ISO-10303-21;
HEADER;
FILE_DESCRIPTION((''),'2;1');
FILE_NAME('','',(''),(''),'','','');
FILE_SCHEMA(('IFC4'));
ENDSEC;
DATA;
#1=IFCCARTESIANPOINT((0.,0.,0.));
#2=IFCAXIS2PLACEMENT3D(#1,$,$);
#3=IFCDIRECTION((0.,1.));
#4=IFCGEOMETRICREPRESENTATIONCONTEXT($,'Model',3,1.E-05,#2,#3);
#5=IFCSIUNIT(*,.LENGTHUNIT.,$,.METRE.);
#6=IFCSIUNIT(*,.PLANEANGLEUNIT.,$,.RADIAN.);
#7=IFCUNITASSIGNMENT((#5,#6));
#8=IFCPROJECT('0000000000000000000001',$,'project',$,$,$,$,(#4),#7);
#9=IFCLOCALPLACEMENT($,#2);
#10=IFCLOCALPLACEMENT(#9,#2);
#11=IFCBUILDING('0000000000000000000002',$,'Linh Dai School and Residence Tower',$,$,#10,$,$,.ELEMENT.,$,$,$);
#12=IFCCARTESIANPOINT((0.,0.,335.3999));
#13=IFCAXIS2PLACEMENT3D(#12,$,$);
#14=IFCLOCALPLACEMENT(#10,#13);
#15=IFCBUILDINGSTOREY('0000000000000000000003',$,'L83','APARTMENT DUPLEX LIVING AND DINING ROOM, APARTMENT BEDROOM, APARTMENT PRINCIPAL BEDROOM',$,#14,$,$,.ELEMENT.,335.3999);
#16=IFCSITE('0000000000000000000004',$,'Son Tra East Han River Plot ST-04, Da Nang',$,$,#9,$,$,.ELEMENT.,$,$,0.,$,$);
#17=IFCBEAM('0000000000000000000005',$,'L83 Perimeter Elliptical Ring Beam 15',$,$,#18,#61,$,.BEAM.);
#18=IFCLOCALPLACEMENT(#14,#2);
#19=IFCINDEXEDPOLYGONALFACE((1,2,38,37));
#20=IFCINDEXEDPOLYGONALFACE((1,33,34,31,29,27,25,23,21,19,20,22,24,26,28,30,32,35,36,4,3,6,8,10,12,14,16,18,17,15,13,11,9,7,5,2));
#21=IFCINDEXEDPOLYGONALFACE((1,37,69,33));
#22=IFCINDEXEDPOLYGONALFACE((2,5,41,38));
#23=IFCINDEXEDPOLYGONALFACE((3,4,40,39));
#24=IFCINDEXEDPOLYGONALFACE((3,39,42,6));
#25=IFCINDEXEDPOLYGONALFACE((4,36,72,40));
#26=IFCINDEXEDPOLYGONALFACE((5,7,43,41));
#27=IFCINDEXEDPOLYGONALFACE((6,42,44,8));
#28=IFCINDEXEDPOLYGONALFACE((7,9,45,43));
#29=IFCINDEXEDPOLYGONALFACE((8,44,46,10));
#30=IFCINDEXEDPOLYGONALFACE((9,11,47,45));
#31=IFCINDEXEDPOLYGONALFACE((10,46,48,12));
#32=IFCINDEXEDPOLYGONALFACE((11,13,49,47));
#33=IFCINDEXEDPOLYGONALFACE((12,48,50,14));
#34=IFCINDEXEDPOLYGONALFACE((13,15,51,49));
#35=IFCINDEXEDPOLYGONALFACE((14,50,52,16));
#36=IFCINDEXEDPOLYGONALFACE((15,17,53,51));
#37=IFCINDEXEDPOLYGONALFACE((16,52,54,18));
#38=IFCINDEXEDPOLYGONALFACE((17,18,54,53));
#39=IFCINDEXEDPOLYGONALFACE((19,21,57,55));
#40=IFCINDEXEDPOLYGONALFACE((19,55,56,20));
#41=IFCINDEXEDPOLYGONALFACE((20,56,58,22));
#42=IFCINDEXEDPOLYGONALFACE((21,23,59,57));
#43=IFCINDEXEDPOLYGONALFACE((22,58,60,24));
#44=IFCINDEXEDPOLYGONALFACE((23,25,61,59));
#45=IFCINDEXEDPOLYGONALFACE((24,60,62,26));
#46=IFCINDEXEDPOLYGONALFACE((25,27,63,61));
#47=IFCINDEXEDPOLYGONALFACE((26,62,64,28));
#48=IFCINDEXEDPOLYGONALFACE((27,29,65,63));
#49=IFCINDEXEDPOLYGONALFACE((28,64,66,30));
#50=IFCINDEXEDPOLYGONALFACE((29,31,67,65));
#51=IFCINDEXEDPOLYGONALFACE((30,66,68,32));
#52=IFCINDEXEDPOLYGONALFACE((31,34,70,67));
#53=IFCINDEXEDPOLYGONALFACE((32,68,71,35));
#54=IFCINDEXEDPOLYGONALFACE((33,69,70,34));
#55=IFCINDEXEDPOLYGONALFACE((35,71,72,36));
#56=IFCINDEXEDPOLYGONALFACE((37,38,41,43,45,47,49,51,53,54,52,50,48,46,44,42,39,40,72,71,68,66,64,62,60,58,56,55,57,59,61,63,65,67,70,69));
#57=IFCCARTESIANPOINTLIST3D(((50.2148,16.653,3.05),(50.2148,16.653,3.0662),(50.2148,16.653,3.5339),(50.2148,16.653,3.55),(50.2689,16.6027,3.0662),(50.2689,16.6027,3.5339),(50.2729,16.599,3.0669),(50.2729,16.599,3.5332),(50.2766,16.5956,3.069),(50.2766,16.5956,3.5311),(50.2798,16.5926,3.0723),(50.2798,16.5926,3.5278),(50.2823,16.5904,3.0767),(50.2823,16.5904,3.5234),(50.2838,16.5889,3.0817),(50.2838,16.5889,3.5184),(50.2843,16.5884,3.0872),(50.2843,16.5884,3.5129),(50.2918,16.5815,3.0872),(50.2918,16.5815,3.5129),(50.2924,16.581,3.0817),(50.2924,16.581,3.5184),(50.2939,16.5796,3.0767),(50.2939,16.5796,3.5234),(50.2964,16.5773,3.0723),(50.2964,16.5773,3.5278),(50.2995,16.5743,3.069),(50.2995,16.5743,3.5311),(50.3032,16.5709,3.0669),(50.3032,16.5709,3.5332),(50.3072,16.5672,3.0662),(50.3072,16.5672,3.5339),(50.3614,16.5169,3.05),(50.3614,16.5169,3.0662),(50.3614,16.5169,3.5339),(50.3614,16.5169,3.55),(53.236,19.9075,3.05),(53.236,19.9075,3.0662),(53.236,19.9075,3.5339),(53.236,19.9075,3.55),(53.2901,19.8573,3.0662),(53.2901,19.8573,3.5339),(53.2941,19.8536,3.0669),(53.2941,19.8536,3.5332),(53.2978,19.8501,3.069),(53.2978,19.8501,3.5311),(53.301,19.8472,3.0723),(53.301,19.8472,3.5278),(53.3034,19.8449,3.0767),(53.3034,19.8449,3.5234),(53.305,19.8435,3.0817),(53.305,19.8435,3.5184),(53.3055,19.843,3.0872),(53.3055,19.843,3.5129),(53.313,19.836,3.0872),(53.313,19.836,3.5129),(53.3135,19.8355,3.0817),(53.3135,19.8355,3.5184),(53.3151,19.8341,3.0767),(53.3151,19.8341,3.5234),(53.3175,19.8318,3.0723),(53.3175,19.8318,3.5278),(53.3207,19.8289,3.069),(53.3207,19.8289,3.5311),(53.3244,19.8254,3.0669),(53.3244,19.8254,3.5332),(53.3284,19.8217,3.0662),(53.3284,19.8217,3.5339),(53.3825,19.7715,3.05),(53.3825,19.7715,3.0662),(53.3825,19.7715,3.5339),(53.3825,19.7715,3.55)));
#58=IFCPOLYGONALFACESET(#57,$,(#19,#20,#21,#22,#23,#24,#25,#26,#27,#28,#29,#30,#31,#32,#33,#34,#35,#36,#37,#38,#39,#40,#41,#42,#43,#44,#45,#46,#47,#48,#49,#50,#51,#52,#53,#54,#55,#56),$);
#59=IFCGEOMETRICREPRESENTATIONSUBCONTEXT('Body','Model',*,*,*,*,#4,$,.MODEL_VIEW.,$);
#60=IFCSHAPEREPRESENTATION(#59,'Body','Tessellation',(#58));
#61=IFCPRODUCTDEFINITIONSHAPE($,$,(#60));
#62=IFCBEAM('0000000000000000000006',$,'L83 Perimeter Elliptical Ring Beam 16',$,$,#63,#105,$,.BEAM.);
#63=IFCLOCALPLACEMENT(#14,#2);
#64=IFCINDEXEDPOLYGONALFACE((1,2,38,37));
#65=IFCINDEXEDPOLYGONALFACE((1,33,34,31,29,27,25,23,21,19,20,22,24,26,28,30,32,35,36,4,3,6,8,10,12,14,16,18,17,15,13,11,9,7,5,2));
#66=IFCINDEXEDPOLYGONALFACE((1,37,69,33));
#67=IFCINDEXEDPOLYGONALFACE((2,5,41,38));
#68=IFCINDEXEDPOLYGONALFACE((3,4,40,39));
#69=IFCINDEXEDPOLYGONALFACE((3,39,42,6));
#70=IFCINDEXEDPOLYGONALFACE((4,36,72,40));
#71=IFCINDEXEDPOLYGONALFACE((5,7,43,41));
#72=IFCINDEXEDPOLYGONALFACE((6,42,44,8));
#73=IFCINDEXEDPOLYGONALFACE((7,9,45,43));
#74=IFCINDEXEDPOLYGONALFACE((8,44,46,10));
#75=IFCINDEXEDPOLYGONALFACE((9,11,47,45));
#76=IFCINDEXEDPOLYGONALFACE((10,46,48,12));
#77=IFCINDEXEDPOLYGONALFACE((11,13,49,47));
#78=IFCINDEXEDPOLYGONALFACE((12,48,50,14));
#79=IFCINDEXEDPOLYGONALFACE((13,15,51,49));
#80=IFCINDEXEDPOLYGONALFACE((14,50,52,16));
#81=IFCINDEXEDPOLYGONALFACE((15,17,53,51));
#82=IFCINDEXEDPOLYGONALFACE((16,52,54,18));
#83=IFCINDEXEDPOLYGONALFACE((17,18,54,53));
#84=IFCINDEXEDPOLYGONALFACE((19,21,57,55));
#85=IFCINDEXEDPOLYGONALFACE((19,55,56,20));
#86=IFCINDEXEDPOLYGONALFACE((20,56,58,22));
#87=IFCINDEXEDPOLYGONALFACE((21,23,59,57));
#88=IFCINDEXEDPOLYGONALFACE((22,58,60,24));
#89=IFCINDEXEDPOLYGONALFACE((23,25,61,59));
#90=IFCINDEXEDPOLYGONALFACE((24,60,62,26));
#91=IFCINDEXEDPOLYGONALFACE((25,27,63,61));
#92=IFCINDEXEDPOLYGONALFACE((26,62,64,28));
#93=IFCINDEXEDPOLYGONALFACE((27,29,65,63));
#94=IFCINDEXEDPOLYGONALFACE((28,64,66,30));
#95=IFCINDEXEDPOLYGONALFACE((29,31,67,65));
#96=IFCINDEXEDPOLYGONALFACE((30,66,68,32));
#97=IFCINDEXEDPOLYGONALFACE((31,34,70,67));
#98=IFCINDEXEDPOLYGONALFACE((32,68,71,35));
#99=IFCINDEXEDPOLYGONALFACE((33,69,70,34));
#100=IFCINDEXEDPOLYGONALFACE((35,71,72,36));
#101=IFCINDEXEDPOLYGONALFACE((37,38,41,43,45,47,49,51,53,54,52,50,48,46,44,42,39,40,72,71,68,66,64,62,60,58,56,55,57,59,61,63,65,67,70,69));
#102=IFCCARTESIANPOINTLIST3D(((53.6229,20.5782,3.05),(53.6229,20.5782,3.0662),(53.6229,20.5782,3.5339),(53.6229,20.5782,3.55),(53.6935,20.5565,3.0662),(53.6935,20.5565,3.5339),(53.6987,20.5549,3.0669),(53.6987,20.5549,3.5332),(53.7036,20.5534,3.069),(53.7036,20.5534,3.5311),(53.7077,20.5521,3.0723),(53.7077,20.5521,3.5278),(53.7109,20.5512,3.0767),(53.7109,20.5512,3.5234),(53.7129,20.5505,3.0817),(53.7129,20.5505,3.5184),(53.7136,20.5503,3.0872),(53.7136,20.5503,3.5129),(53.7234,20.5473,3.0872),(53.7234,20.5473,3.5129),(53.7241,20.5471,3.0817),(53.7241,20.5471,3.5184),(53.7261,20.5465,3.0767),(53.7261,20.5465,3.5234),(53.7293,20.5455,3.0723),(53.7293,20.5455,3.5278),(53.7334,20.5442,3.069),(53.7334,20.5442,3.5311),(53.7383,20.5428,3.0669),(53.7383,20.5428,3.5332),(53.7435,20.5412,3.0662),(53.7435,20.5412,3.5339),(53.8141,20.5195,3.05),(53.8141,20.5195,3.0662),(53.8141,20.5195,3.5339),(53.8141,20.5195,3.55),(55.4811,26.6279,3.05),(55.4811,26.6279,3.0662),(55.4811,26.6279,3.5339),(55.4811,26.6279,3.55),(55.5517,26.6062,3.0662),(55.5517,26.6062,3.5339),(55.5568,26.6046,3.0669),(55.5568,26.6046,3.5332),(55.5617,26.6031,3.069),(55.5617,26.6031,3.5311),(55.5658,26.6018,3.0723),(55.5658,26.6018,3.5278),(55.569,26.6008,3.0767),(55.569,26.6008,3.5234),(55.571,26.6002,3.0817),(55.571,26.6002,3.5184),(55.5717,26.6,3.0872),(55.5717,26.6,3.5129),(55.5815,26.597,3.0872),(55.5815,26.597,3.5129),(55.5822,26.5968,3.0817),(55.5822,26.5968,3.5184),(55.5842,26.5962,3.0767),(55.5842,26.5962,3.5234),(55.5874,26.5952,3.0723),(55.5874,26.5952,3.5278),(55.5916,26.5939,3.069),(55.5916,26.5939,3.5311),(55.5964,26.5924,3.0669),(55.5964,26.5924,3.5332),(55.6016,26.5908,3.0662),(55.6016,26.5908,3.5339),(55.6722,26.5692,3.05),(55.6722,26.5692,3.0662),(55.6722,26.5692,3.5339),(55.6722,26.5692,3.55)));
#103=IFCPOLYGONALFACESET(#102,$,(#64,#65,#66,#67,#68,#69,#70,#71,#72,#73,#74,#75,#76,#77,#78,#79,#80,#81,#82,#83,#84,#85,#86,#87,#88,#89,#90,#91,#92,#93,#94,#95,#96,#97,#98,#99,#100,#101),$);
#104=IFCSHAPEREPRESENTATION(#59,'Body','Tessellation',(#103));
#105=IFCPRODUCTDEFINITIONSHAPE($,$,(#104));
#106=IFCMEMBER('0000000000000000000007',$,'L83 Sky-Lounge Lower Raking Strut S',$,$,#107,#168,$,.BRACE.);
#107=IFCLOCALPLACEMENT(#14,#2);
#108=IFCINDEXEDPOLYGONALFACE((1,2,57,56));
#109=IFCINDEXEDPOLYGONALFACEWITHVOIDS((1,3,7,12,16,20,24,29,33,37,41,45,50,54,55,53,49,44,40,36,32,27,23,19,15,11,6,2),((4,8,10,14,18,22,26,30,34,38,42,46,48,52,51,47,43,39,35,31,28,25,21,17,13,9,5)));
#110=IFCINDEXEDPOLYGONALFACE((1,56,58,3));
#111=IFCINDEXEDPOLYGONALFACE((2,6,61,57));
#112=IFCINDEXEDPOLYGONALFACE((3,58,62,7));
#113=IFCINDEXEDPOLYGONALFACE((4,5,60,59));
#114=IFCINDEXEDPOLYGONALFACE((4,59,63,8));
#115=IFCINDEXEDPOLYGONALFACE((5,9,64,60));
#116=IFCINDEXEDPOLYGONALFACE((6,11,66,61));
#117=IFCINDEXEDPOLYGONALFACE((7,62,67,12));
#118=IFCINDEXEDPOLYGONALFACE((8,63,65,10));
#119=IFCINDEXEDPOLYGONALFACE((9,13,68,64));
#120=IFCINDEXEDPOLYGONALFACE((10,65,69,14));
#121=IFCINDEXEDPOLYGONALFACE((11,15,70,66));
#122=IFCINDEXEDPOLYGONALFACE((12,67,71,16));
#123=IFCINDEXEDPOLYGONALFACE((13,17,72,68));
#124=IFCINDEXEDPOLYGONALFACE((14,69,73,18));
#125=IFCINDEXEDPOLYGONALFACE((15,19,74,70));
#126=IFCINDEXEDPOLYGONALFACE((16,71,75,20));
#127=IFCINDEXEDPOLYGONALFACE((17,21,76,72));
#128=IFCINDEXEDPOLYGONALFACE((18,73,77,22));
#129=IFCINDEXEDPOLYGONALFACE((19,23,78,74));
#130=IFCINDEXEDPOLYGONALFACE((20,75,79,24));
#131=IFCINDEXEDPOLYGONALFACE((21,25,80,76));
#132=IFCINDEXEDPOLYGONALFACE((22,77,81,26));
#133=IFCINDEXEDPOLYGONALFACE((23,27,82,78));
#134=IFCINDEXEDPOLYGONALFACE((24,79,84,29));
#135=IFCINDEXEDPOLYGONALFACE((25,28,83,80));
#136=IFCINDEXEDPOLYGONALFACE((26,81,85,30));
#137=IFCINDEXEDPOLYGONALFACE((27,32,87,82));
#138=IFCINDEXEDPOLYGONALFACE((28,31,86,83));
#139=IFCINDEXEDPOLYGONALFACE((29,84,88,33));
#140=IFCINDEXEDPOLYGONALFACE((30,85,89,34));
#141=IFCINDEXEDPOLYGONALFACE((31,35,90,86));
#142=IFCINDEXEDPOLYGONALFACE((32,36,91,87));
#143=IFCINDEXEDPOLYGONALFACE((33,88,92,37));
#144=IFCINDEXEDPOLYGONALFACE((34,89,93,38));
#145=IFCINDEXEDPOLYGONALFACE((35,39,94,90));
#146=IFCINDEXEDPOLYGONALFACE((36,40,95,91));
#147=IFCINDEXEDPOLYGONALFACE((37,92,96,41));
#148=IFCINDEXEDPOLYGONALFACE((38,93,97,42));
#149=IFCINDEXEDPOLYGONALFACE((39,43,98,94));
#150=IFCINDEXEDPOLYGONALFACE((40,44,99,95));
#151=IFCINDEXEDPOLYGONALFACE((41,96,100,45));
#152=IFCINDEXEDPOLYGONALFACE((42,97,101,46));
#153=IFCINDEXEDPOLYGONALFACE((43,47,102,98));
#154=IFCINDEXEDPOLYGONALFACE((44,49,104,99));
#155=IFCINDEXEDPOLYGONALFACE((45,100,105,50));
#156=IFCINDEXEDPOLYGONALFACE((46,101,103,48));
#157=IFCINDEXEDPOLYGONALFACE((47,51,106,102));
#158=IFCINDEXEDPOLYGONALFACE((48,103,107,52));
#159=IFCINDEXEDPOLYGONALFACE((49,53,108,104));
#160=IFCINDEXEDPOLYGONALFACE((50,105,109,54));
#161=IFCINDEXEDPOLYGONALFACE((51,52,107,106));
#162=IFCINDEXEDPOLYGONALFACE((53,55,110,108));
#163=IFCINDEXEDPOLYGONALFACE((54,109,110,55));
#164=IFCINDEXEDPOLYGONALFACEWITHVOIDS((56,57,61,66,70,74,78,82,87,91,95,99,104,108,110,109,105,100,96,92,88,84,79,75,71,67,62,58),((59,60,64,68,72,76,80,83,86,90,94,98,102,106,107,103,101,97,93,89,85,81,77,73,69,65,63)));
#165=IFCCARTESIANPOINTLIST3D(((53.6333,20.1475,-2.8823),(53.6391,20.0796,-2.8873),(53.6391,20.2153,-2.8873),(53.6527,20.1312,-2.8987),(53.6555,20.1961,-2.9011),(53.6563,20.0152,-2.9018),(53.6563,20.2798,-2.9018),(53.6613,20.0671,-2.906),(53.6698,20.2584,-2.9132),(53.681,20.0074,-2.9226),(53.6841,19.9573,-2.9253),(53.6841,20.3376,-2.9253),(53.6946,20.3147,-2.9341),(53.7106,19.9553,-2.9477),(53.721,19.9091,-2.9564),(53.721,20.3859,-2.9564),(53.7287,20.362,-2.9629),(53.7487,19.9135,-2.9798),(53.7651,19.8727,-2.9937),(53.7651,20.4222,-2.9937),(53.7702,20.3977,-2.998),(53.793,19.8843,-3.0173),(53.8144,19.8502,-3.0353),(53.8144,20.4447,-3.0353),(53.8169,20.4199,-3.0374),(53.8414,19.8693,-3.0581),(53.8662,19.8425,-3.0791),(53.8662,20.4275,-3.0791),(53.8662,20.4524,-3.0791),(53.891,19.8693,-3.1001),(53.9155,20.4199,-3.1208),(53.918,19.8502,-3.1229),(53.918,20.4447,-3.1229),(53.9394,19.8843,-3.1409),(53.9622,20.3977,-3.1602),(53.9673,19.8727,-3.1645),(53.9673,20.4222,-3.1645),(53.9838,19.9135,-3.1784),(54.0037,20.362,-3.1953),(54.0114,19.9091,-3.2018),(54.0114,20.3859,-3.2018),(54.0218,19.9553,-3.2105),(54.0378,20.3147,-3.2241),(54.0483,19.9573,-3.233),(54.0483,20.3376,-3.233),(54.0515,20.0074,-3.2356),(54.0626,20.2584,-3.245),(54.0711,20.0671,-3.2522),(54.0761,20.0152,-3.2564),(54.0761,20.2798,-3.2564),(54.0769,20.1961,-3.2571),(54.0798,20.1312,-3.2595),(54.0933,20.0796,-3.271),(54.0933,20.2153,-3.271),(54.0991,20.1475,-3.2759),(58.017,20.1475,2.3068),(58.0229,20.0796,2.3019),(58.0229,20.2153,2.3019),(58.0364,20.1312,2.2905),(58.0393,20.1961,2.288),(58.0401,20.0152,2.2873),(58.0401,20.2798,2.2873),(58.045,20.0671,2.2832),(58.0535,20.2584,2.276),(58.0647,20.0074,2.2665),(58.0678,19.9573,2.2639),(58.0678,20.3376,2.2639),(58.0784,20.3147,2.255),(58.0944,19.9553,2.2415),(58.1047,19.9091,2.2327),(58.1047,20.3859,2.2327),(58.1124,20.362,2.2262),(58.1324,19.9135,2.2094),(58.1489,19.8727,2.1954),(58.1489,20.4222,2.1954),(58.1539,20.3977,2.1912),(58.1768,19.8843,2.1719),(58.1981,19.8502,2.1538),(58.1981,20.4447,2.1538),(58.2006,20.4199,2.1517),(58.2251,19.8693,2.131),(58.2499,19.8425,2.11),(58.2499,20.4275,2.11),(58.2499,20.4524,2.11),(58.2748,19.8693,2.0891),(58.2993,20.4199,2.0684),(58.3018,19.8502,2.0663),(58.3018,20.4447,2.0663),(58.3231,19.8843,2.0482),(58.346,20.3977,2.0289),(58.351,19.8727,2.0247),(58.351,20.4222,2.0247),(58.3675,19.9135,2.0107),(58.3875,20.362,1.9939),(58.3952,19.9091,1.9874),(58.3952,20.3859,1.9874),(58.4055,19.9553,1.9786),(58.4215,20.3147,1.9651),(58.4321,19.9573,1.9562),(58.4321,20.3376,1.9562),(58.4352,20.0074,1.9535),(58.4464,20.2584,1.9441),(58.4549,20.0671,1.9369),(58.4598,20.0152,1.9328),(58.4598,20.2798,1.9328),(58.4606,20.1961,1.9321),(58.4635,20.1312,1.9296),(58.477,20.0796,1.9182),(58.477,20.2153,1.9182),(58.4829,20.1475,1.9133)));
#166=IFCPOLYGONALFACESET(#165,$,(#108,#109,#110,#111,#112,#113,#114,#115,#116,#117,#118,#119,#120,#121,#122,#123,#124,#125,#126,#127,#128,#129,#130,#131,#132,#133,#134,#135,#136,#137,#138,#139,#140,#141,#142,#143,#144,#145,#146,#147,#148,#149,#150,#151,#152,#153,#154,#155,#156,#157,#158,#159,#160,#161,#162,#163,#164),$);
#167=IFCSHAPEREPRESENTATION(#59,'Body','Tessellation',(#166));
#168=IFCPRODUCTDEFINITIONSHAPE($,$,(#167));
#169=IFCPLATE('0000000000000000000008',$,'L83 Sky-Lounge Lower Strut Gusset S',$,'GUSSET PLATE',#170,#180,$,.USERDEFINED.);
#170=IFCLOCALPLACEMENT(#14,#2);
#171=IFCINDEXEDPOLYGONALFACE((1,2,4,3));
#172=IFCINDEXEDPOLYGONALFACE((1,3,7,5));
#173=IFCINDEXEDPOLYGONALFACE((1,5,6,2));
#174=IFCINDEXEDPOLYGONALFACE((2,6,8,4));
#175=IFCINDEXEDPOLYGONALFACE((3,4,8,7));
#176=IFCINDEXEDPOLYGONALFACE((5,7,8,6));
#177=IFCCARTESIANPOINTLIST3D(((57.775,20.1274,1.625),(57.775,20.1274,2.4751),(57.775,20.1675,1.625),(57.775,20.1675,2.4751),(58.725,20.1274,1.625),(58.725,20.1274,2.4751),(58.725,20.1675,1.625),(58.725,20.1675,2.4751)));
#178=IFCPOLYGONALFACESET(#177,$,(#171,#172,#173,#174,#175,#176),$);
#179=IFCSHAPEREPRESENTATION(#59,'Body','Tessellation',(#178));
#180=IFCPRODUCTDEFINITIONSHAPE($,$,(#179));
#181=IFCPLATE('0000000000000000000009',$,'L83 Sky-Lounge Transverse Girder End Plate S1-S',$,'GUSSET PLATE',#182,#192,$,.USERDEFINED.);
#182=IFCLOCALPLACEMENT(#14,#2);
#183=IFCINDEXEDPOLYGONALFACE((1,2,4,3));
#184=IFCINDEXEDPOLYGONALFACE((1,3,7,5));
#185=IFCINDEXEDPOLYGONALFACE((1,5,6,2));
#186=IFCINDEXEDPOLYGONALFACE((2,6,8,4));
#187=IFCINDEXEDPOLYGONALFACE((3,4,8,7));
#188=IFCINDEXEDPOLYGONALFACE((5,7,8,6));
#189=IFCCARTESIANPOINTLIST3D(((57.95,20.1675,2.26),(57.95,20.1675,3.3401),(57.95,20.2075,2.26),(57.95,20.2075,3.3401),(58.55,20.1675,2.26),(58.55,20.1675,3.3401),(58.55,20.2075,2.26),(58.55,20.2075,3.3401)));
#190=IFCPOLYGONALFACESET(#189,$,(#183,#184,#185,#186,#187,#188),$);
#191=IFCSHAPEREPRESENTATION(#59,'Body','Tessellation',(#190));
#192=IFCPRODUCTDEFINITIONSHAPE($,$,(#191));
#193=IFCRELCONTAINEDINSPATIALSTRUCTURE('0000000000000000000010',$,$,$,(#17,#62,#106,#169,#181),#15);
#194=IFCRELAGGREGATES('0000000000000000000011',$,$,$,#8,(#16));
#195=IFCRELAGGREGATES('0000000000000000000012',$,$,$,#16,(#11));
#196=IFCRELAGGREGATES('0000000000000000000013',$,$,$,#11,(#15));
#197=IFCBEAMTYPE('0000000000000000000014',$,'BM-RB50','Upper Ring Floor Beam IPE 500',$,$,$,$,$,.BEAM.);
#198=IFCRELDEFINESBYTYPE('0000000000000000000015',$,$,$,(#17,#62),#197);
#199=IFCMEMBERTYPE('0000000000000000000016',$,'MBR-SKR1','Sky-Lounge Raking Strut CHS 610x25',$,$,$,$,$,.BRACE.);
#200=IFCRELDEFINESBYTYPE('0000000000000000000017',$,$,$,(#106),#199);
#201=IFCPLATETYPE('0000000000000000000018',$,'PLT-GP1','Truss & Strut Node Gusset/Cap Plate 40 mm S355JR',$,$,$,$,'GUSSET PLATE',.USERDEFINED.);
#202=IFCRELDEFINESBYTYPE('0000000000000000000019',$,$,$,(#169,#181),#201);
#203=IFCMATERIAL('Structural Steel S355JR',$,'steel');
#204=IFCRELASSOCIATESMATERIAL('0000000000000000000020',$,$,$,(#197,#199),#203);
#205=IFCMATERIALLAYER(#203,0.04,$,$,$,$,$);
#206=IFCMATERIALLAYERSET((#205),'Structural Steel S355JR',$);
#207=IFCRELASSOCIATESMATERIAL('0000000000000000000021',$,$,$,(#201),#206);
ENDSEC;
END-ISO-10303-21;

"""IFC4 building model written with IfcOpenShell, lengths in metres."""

from ifc_helpers import new_model, si_unit, direction, frame, origin, origin_2d, place, context, subcontext, project, spatial, rectangle, hollow_circle, i_section, extrude, source, transform, mapped, material, layer, layer_set, material_profile, profile_set, type_object, element, save


model = new_model("IFC4")

# Units and contexts
model_context = context("Model", 3, precision=1e-05, world=origin(), true_north=direction((0.0, 1.0)))
body_context = subcontext(model_context, "Body", "Model", "MODEL_VIEW")
ifc_project = project(units=[si_unit("LENGTHUNIT", "METRE"), si_unit("PLANEANGLEUNIT", "RADIAN")], contexts=[model_context])

# Site, building, storey
site_placement = place(None, origin())
site = spatial("IfcSite", under=ifc_project, at=site_placement, Name="Son Tra East Han River Plot ST-04, Da Nang", CompositionType="ELEMENT", RefElevation=0.0)
building_placement = place(site_placement, origin())
building = spatial("IfcBuilding", under=site, at=building_placement, Name="Linh Dai School and Residence Tower", CompositionType="ELEMENT")
storey_placement = place(building_placement, frame((0.0, 0.0, 335.3999)))
storey = spatial("IfcBuildingStorey", under=building, at=storey_placement, Name="L83", Description="APARTMENT DUPLEX LIVING AND DINING ROOM, APARTMENT BEDROOM, APARTMENT PRINCIPAL BEDROOM", CompositionType="ELEMENT", Elevation=335.3999)

# Shared definitions
ifc_material_1 = material(Name="Structural Steel S355JR", Category="steel")

# Beams
ifc_material_profile_1 = material_profile(ifc_material_1, i_section(OverallWidth=0.2, OverallDepth=0.5, WebThickness=0.0103, FlangeThickness=0.0161, FilletRadius=0.021, at=origin_2d()), Name="IPE 500")
ifc_profile_set_1 = profile_set([ifc_material_profile_1], Name="Structural Steel S355JR")
beam_type_1 = type_object("IfcBeamType", Name="BM-RB50", Description="Upper Ring Floor Beam IPE 500", PredefinedType="BEAM", material=ifc_profile_set_1)
beam_1_placement = place(storey_placement, frame((50.2881, 16.585, 3.3), z_axis=(0.680339, 0.732897, 0.0), x_axis=(-0.732897, 0.680339, 0.0)))
element("IfcBeam", 1, at=beam_1_placement, inside=storey, type_object=beam_type_1, Name="L83 Perimeter Elliptical Ring Beam 15", PredefinedType="BEAM", context=body_context, shape_type="SweptSolid", body=[
    extrude(i_section(OverallWidth=0.2, OverallDepth=0.5, WebThickness=0.0103, FlangeThickness=0.0161, FilletRadius=0.021, at=origin_2d()), origin(), (0.0, 0.0, 1.0), 4.4407),
])
beam_2_placement = place(storey_placement, frame((53.7185, 20.5488, 3.3), z_axis=(0.293606, 0.955927, 0.0), x_axis=(-0.955927, 0.293606, 0.0)))
element("IfcBeam", 2, at=beam_2_placement, inside=storey, type_object=beam_type_1, Name="L83 Perimeter Elliptical Ring Beam 16", PredefinedType="BEAM", context=body_context, shape_type="SweptSolid", body=[
    extrude(i_section(OverallWidth=0.2, OverallDepth=0.5, WebThickness=0.0103, FlangeThickness=0.0161, FilletRadius=0.021, at=origin_2d()), origin(), (0.0, 0.0, 1.0), 6.3286),
])

# Member
ifc_material_profile_2 = material_profile(ifc_material_1, hollow_circle(Radius=0.3049, WallThickness=0.0249, at=origin_2d()), Name="CHS 610x25")
ifc_profile_set_2 = profile_set([ifc_material_profile_2], Name="Structural Steel S355JR")
member_type = type_object("IfcMemberType", Name="MBR-SKR1", Description="Sky-Lounge Raking Strut CHS 610x25", PredefinedType="BRACE", material=ifc_profile_set_2)
member_placement = place(storey_placement, frame((53.8662, 20.1475, -3.0791), z_axis=(0.645335, 0.0, 0.7639), x_axis=(0.0, 1.0, 0.0)))
element("IfcMember", 3, at=member_placement, inside=storey, type_object=member_type, Name="L83 Sky-Lounge Lower Raking Strut S", PredefinedType="BRACE", context=body_context, shape_type="SweptSolid", body=[
    extrude(hollow_circle(Radius=0.3049, WallThickness=0.0249, at=origin_2d()), origin(), (0.0, 0.0, 1.0), 6.793),
])

# Plates
ifc_layer_1 = layer(ifc_material_1, 0.04)
ifc_layer_set_1 = layer_set([ifc_layer_1], Name="Structural Steel S355JR")
plate_type_1 = type_object("IfcPlateType", Name="PLT-GP1", Description="Truss & Strut Node Gusset/Cap Plate 40 mm S355JR", ElementType="GUSSET PLATE", PredefinedType="USERDEFINED", material=ifc_layer_set_1)
shared_shape_1 = source(origin(), body_context, "Body", "SweptSolid", [
    extrude(rectangle(XDim=0.95, YDim=0.04, at=origin_2d()), origin(), (0.0, 0.0, 1.0), 0.8501),
])
plate_1_placement = place(storey_placement, frame((58.25, 20.1475, 1.625), z_axis=(0.0, 0.0, 1.0), x_axis=(1.0, 0.0, 0.0)))
element("IfcPlate", 4, at=plate_1_placement, inside=storey, type_object=plate_type_1, Name="L83 Sky-Lounge Lower Strut Gusset S", ObjectType="GUSSET PLATE", PredefinedType="USERDEFINED", context=body_context, shape_type="MappedRepresentation", body=[
    mapped(shared_shape_1, transform((0.0, 0.0, 0.0), x_axis=(1.0, 0.0, 0.0), y_axis=(0.0, 1.0, 0.0), z_axis=(0.0, 0.0, 1.0), scale=1.0)),
])
shared_shape_2 = source(origin(), body_context, "Body", "SweptSolid", [
    extrude(rectangle(XDim=0.6001, YDim=0.04, at=origin_2d()), origin(), (0.0, 0.0, 1.0), 1.0801),
])
plate_2_placement = place(storey_placement, frame((58.25, 20.1875, 2.26), z_axis=(0.0, 0.0, 1.0), x_axis=(1.0, 0.0, 0.0)))
element("IfcPlate", 5, at=plate_2_placement, inside=storey, type_object=plate_type_1, Name="L83 Sky-Lounge Transverse Girder End Plate S1-S", ObjectType="GUSSET PLATE", PredefinedType="USERDEFINED", context=body_context, shape_type="MappedRepresentation", body=[
    mapped(shared_shape_2, transform((0.0, 0.0, 0.0), x_axis=(1.0, 0.0, 0.0), y_axis=(0.0, 1.0, 0.0), z_axis=(0.0, 0.0, 1.0), scale=1.0)),
])

save(model, "model.ifc")
